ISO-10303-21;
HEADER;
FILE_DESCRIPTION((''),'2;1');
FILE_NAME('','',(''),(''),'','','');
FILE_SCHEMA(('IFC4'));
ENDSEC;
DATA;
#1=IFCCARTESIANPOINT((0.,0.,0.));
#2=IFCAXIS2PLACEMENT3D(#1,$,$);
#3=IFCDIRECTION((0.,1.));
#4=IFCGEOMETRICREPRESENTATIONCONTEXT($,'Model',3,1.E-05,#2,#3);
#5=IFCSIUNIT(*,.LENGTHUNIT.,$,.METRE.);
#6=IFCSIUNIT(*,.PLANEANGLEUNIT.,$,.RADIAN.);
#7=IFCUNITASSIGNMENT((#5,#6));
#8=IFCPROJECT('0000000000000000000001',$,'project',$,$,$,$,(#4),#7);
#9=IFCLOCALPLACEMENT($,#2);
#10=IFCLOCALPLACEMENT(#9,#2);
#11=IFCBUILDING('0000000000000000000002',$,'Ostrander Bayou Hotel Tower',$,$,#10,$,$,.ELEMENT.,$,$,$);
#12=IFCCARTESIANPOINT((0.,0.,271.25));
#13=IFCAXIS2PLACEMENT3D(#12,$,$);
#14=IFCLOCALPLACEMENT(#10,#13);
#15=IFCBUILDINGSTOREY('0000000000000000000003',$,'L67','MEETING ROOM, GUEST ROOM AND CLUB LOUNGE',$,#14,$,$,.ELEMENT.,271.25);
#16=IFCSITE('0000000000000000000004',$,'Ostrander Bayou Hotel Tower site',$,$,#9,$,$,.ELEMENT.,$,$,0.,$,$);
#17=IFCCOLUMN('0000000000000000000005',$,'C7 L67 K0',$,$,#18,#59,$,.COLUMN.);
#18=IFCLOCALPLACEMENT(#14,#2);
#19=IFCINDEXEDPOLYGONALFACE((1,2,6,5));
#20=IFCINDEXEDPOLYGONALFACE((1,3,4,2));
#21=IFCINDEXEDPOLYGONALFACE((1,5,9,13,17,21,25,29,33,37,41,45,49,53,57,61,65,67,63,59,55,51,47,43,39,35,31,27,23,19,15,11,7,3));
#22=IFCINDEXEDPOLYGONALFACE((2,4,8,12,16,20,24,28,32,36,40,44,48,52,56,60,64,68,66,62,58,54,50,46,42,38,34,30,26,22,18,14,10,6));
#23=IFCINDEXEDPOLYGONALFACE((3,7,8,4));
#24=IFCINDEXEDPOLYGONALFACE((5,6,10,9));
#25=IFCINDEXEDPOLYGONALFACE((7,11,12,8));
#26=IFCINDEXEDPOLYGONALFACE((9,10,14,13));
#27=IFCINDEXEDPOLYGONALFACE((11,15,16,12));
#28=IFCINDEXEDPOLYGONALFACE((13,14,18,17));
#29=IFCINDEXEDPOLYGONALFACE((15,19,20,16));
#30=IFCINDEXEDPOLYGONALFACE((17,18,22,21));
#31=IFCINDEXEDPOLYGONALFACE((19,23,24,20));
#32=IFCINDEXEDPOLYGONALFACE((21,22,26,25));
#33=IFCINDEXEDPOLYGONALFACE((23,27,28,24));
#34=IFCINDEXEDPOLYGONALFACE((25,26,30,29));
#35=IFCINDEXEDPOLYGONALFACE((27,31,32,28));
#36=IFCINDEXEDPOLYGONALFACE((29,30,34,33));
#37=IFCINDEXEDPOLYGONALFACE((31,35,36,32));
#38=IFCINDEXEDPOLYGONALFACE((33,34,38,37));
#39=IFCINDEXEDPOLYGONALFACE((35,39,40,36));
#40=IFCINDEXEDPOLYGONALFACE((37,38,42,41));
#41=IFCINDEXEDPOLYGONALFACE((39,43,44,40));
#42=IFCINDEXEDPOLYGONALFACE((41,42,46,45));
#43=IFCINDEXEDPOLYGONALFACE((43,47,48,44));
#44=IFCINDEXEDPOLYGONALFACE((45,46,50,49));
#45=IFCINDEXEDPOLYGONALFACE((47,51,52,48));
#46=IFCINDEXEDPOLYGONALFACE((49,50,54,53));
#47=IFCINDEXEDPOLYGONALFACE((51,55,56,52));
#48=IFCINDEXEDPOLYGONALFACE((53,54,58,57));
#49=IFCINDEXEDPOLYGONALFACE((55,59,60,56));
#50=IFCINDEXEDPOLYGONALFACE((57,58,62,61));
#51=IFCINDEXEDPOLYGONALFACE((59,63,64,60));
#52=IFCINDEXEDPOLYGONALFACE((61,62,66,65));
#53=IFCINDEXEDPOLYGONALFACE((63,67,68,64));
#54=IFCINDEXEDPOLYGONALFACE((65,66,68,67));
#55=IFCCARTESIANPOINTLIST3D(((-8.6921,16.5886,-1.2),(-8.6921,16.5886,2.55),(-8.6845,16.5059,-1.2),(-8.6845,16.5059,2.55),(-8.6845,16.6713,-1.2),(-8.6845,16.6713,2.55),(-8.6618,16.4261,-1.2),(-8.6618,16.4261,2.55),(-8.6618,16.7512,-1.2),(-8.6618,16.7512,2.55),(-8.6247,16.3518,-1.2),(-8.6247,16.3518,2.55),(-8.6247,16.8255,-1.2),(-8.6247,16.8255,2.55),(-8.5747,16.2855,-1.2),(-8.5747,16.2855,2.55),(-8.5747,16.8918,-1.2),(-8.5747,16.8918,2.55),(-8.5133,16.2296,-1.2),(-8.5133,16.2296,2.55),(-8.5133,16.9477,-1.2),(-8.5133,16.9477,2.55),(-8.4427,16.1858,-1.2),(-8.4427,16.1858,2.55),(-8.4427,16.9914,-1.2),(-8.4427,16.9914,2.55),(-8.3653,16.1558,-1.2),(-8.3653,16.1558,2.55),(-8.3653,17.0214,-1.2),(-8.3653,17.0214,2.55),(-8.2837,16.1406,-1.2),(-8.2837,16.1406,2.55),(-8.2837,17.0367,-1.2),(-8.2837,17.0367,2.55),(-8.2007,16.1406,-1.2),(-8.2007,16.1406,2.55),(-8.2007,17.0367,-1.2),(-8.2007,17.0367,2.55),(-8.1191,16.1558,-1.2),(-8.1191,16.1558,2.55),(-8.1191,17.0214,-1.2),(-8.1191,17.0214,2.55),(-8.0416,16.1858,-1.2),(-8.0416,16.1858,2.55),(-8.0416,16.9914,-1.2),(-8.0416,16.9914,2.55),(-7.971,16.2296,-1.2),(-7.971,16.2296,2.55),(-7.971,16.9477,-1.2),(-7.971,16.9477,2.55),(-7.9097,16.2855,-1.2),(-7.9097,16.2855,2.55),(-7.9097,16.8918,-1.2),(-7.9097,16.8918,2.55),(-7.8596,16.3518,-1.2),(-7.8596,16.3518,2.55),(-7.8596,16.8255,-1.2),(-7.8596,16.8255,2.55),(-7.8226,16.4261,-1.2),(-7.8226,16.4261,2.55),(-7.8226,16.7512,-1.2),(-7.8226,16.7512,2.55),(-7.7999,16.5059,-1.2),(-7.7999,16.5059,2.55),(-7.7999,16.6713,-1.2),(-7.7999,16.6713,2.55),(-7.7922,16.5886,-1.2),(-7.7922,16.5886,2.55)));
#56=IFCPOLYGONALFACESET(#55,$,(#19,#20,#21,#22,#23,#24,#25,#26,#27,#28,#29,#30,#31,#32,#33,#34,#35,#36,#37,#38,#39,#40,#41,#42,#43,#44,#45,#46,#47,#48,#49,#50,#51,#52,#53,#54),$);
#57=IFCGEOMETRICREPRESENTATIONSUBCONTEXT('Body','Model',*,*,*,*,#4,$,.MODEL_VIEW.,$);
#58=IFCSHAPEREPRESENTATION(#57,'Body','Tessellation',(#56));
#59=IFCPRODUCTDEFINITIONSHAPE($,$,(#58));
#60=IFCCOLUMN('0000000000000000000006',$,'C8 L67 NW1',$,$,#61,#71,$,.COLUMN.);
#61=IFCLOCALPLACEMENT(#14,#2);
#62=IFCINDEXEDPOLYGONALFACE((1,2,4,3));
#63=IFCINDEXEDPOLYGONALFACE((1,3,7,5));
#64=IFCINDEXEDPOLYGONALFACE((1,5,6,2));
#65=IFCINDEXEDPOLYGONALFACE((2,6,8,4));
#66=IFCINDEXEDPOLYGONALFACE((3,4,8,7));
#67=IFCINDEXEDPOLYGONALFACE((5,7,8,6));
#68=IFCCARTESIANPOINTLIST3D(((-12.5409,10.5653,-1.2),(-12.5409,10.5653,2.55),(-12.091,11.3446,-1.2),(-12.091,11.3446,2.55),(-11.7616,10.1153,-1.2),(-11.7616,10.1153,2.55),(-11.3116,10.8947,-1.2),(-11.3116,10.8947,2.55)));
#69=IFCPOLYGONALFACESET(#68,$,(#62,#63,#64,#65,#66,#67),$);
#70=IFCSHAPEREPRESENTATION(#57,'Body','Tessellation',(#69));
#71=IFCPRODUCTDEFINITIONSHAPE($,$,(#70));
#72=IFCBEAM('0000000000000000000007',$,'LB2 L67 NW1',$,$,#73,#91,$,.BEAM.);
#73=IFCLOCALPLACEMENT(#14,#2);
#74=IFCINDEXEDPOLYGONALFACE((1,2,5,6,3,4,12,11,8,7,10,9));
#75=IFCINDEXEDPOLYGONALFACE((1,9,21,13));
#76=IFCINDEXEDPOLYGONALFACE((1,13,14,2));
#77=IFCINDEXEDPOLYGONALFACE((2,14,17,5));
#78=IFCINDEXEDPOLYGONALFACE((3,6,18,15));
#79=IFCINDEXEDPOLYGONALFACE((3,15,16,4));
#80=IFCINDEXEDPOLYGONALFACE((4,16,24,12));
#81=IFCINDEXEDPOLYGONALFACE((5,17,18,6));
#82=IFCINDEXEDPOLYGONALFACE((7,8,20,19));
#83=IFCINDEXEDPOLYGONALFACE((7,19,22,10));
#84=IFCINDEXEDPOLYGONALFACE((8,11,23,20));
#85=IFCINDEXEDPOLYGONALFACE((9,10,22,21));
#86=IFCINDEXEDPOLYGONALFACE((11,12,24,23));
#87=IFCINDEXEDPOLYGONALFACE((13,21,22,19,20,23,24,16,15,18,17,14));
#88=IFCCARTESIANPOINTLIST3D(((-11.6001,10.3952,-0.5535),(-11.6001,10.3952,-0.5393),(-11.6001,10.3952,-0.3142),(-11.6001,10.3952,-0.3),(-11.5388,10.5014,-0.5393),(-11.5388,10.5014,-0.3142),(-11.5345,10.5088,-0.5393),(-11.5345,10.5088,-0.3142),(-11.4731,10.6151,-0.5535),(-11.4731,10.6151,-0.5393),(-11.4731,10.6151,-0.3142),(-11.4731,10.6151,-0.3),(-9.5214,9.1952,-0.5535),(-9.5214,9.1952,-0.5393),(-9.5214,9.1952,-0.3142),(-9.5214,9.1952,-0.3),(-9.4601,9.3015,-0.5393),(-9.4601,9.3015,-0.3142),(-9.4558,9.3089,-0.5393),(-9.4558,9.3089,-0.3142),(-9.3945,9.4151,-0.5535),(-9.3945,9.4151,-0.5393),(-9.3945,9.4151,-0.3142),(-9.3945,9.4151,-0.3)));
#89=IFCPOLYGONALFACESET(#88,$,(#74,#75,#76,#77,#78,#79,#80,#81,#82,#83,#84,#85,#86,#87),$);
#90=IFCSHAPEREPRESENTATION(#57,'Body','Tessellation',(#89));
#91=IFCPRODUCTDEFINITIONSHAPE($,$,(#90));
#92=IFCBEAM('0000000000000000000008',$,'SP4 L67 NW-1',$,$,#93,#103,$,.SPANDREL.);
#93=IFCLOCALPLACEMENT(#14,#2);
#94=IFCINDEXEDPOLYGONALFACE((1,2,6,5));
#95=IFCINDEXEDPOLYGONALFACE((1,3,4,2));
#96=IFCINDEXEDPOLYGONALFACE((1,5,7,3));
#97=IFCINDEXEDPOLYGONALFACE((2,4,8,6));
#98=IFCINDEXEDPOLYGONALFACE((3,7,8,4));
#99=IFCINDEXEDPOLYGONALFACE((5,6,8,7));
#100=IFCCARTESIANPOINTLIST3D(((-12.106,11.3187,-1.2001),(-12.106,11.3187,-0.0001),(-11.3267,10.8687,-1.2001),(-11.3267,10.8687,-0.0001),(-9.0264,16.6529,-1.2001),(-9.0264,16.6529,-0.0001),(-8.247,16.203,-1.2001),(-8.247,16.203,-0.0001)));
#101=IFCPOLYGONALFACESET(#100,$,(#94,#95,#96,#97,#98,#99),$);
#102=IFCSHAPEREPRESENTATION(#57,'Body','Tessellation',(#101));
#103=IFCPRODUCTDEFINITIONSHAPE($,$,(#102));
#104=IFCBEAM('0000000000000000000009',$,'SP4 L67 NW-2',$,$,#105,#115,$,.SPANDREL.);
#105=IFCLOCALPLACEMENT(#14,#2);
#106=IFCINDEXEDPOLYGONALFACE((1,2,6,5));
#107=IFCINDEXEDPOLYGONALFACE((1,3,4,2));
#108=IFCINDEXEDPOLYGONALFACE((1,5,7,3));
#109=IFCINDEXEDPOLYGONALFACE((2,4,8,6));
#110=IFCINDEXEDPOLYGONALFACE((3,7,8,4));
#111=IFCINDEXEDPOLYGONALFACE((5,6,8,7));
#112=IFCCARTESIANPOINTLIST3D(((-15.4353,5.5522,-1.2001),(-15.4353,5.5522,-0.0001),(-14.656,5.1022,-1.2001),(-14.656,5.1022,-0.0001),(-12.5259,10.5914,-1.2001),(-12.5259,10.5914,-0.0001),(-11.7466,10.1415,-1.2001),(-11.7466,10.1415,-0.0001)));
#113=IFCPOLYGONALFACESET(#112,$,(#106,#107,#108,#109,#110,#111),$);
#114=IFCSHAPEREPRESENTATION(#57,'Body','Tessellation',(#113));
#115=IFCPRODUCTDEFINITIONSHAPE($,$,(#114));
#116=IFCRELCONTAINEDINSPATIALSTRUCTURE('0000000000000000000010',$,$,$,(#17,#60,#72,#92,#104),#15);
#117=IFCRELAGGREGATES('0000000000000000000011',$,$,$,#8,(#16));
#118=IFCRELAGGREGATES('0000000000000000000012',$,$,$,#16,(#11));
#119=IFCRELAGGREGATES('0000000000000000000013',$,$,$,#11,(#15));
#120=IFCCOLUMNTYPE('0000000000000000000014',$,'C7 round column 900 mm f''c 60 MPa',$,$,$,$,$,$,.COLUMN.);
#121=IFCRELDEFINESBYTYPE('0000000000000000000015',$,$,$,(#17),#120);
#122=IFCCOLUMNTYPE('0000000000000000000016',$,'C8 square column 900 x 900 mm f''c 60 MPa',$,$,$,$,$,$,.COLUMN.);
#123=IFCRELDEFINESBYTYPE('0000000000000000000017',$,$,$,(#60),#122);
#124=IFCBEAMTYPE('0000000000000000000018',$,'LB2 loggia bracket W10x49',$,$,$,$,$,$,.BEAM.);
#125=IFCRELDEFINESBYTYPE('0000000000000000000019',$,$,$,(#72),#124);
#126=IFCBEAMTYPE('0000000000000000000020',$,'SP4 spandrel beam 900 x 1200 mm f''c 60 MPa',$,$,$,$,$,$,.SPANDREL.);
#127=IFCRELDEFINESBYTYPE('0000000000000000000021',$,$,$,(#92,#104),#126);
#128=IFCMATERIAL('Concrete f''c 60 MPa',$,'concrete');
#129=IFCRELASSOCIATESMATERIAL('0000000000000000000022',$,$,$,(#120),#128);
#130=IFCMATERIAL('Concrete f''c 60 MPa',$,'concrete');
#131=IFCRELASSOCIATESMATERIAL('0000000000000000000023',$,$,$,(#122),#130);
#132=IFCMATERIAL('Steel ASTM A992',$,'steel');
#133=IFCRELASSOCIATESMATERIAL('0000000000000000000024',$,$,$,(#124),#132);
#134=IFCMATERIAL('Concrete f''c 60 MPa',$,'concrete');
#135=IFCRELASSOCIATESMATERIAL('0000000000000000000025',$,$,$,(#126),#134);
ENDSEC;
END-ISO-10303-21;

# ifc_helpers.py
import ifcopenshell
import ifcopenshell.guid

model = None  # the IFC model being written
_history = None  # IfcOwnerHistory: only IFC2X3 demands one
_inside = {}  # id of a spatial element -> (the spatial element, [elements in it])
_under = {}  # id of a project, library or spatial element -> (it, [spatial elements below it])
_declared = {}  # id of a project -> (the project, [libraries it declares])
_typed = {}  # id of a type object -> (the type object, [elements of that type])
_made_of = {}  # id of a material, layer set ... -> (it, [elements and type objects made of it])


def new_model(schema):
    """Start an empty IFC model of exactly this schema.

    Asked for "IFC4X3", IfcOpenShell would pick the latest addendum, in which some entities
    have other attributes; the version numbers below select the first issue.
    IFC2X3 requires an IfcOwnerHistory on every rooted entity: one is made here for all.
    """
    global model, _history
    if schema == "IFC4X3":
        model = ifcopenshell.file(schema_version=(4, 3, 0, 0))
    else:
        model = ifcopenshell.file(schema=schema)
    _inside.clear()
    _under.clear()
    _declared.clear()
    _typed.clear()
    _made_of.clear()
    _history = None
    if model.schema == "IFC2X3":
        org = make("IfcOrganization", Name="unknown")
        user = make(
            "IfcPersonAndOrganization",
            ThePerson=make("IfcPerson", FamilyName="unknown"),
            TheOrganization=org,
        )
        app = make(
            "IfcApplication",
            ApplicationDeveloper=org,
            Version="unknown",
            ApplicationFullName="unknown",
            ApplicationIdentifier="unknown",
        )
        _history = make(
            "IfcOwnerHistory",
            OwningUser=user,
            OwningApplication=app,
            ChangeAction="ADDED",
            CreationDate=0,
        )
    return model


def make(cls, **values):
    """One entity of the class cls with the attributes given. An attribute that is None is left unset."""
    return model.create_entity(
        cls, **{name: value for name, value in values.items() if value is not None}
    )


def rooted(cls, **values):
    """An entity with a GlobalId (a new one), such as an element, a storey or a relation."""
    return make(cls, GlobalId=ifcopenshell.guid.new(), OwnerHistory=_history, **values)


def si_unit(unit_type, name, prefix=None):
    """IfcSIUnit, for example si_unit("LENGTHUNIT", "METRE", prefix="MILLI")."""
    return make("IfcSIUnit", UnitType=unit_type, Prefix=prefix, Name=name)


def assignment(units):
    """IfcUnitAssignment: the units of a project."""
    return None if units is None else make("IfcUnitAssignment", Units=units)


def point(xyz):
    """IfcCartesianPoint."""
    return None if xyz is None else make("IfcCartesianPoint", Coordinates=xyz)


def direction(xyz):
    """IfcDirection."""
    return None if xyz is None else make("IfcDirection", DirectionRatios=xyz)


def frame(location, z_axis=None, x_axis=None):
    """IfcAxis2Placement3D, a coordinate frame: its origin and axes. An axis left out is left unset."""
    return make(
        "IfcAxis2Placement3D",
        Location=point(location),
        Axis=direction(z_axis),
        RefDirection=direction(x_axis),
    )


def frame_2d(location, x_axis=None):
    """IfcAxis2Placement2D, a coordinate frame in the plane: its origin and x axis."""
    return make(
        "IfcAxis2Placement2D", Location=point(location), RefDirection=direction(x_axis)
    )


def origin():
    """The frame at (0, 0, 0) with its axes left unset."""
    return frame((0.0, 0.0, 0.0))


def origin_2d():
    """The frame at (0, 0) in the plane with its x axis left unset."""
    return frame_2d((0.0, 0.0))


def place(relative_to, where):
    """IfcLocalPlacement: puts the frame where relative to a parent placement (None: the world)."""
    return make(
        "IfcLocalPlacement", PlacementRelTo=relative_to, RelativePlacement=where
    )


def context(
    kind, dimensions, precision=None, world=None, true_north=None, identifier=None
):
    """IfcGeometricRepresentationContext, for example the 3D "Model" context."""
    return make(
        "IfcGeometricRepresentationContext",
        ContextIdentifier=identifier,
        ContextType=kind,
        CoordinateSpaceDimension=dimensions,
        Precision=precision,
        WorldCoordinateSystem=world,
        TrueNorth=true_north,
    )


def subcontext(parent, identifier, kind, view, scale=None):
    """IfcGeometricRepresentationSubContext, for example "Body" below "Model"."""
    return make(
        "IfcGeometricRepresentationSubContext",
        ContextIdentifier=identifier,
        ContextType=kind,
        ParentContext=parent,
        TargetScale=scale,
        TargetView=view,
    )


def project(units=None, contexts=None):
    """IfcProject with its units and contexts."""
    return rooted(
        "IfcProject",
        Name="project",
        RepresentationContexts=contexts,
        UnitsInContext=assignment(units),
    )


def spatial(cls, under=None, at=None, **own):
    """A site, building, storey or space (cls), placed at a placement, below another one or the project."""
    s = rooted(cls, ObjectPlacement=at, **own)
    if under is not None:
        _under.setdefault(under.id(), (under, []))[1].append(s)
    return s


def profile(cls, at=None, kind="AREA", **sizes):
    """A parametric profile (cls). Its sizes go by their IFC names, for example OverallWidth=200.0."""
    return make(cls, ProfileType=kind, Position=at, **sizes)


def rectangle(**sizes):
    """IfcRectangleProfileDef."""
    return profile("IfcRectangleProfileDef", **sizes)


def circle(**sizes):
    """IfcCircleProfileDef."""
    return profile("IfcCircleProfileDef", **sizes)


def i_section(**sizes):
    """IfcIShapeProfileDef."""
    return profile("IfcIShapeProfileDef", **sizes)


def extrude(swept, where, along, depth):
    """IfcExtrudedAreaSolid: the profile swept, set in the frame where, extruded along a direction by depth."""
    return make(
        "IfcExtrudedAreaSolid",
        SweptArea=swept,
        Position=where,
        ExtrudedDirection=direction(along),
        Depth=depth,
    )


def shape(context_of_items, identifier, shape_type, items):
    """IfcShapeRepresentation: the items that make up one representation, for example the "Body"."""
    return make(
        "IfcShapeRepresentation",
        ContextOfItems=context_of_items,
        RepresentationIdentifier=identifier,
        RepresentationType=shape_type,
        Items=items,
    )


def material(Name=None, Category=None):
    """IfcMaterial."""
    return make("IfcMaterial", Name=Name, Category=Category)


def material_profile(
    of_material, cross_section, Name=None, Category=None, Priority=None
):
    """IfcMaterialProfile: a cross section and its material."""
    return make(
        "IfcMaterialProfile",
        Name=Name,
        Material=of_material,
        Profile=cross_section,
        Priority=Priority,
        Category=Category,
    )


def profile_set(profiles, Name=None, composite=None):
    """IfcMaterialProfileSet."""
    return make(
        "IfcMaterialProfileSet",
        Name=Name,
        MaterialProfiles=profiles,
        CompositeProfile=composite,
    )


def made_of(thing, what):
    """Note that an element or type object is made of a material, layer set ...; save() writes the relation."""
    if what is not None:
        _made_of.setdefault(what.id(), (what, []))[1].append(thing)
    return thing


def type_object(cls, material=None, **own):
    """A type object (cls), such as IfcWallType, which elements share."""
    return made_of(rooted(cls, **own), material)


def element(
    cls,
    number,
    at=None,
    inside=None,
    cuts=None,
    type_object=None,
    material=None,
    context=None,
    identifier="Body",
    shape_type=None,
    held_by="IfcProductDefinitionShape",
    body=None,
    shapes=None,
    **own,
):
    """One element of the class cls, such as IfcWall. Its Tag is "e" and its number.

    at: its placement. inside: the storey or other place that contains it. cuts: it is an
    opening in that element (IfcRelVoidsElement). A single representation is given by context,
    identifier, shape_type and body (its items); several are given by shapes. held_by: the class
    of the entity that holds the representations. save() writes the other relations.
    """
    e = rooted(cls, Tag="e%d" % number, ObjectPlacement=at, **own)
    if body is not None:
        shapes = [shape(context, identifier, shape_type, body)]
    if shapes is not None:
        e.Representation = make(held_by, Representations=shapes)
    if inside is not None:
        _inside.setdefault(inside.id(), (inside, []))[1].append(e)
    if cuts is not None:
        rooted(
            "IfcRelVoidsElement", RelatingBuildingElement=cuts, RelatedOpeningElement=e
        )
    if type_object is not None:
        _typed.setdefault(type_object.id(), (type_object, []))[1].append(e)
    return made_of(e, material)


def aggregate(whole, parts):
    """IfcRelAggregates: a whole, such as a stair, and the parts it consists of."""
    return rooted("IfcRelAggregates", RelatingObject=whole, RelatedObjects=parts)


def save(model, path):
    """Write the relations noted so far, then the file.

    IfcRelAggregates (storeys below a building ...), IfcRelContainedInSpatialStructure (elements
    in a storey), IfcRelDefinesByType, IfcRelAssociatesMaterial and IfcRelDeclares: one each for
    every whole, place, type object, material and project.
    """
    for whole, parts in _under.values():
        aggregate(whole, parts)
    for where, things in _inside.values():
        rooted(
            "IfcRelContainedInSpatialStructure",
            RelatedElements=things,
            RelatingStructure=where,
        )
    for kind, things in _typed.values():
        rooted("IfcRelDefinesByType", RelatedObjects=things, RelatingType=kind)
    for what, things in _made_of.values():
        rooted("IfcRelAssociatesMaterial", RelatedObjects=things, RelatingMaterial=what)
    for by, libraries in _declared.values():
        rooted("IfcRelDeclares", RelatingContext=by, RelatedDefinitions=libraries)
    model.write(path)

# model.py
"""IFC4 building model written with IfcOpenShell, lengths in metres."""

from ifc_helpers import new_model, si_unit, direction, frame, origin, origin_2d, place, context, subcontext, project, spatial, rectangle, circle, i_section, extrude, material, material_profile, profile_set, type_object, element, save


model = new_model("IFC4")

# Units and contexts
model_context = context("Model", 3, precision=1e-05, world=origin(), true_north=direction((0.0, 1.0)))
body_context = subcontext(model_context, "Body", "Model", "MODEL_VIEW")
ifc_project = project(units=[si_unit("LENGTHUNIT", "METRE"), si_unit("PLANEANGLEUNIT", "RADIAN")], contexts=[model_context])

# Site, building, storey
site_placement = place(None, origin())
site = spatial("IfcSite", under=ifc_project, at=site_placement, Name="Ostrander Bayou Hotel Tower site", CompositionType="ELEMENT", RefElevation=0.0)
building_placement = place(site_placement, origin())
building = spatial("IfcBuilding", under=site, at=building_placement, Name="Ostrander Bayou Hotel Tower", CompositionType="ELEMENT")
storey_placement = place(building_placement, frame((0.0, 0.0, 271.25)))
storey = spatial("IfcBuildingStorey", under=building, at=storey_placement, Name="L67", Description="MEETING ROOM, GUEST ROOM AND CLUB LOUNGE", CompositionType="ELEMENT", Elevation=271.25)

# Columns
ifc_material_1 = material(Name="Concrete f'c 60 MPa", Category="concrete")
ifc_material_profile_1 = material_profile(ifc_material_1, circle(Radius=0.45, at=origin_2d()))
ifc_profile_set_1 = profile_set([ifc_material_profile_1], Name="Concrete f'c 60 MPa")
column_type_1 = type_object("IfcColumnType", Name="C7 round column 900 mm f'c 60 MPa", PredefinedType="COLUMN", material=ifc_profile_set_1)
column_1_placement = place(storey_placement, frame((-8.2422, 16.5886, -1.2), z_axis=(0.0, 0.0, 1.0), x_axis=(1.0, 0.0, 0.0)))
element("IfcColumn", 1, at=column_1_placement, inside=storey, type_object=column_type_1, Name="C7 L67 K0", PredefinedType="COLUMN", context=body_context, shape_type="SweptSolid", body=[
    extrude(circle(Radius=0.45, at=origin_2d()), origin(), (0.0, 0.0, 1.0), 3.75),
])
ifc_material_2 = material(Name="Concrete f'c 60 MPa", Category="concrete")
ifc_material_profile_2 = material_profile(ifc_material_2, rectangle(XDim=0.8999, YDim=0.8999, at=origin_2d()))
ifc_profile_set_2 = profile_set([ifc_material_profile_2], Name="Concrete f'c 60 MPa")
column_type_2 = type_object("IfcColumnType", Name="C8 square column 900 x 900 mm f'c 60 MPa", PredefinedType="COLUMN", material=ifc_profile_set_2)
column_2_placement = place(storey_placement, frame((-11.9263, 10.73, -1.2), z_axis=(0.0, 0.0, 1.0), x_axis=(0.5, 0.866025, 0.0)))
element("IfcColumn", 2, at=column_2_placement, inside=storey, type_object=column_type_2, Name="C8 L67 NW1", PredefinedType="COLUMN", context=body_context, shape_type="SweptSolid", body=[
    extrude(rectangle(XDim=0.8999, YDim=0.8999, at=origin_2d()), origin(), (0.0, 0.0, 1.0), 3.75),
])

# Beams
ifc_material_3 = material(Name="Steel ASTM A992", Category="steel")
ifc_material_profile_3 = material_profile(ifc_material_3, i_section(OverallWidth=0.2539, OverallDepth=0.2534, WebThickness=0.0085, FlangeThickness=0.0142, at=origin_2d()))
ifc_profile_set_3 = profile_set([ifc_material_profile_3], Name="Steel ASTM A992")
beam_type_1 = type_object("IfcBeamType", Name="LB2 loggia bracket W10x49", PredefinedType="BEAM", material=ifc_profile_set_3)
beam_1_placement = place(storey_placement, frame((-11.5366, 10.5051, -0.4268), z_axis=(0.86605, -0.499957, 0.0), x_axis=(0.499957, 0.86605, 0.0)))
element("IfcBeam", 3, at=beam_1_placement, inside=storey, type_object=beam_type_1, Name="LB2 L67 NW1", PredefinedType="BEAM", context=body_context, shape_type="SweptSolid", body=[
    extrude(i_section(OverallWidth=0.2539, OverallDepth=0.2534, WebThickness=0.0085, FlangeThickness=0.0142, at=origin_2d()), origin(), (0.0, 0.0, 1.0), 2.4001),
])
ifc_material_4 = material(Name="Concrete f'c 60 MPa", Category="concrete")
ifc_material_profile_4 = material_profile(ifc_material_4, rectangle(XDim=0.8999, YDim=1.2, at=origin_2d()))
ifc_profile_set_4 = profile_set([ifc_material_profile_4], Name="Concrete f'c 60 MPa")
beam_type_2 = type_object("IfcBeamType", Name="SP4 spandrel beam 900 x 1200 mm f'c 60 MPa", PredefinedType="SPANDREL", material=ifc_profile_set_4)
beam_2_placement = place(storey_placement, frame((-8.6367, 16.428, -0.6001), z_axis=(-0.499984, -0.866034, 0.0), x_axis=(0.866034, -0.499984, 0.0)))
element("IfcBeam", 4, at=beam_2_placement, inside=storey, type_object=beam_type_2, Name="SP4 L67 NW-1", PredefinedType="SPANDREL", context=body_context, shape_type="SweptSolid", body=[
    extrude(rectangle(XDim=0.8999, YDim=1.2, at=origin_2d()), origin(), (0.0, 0.0, 1.0), 6.1594),
])
beam_3_placement = place(storey_placement, frame((-12.1362, 10.3665, -0.6001), z_axis=(-0.499997, -0.866027, 0.0), x_axis=(0.866027, -0.499997, 0.0)))
element("IfcBeam", 5, at=beam_3_placement, inside=storey, type_object=beam_type_2, Name="SP4 L67 NW-2", PredefinedType="SPANDREL", context=body_context, shape_type="SweptSolid", body=[
    extrude(rectangle(XDim=0.8999, YDim=1.2, at=origin_2d()), origin(), (0.0, 0.0, 1.0), 5.8188),
])

save(model, "model.ifc")
